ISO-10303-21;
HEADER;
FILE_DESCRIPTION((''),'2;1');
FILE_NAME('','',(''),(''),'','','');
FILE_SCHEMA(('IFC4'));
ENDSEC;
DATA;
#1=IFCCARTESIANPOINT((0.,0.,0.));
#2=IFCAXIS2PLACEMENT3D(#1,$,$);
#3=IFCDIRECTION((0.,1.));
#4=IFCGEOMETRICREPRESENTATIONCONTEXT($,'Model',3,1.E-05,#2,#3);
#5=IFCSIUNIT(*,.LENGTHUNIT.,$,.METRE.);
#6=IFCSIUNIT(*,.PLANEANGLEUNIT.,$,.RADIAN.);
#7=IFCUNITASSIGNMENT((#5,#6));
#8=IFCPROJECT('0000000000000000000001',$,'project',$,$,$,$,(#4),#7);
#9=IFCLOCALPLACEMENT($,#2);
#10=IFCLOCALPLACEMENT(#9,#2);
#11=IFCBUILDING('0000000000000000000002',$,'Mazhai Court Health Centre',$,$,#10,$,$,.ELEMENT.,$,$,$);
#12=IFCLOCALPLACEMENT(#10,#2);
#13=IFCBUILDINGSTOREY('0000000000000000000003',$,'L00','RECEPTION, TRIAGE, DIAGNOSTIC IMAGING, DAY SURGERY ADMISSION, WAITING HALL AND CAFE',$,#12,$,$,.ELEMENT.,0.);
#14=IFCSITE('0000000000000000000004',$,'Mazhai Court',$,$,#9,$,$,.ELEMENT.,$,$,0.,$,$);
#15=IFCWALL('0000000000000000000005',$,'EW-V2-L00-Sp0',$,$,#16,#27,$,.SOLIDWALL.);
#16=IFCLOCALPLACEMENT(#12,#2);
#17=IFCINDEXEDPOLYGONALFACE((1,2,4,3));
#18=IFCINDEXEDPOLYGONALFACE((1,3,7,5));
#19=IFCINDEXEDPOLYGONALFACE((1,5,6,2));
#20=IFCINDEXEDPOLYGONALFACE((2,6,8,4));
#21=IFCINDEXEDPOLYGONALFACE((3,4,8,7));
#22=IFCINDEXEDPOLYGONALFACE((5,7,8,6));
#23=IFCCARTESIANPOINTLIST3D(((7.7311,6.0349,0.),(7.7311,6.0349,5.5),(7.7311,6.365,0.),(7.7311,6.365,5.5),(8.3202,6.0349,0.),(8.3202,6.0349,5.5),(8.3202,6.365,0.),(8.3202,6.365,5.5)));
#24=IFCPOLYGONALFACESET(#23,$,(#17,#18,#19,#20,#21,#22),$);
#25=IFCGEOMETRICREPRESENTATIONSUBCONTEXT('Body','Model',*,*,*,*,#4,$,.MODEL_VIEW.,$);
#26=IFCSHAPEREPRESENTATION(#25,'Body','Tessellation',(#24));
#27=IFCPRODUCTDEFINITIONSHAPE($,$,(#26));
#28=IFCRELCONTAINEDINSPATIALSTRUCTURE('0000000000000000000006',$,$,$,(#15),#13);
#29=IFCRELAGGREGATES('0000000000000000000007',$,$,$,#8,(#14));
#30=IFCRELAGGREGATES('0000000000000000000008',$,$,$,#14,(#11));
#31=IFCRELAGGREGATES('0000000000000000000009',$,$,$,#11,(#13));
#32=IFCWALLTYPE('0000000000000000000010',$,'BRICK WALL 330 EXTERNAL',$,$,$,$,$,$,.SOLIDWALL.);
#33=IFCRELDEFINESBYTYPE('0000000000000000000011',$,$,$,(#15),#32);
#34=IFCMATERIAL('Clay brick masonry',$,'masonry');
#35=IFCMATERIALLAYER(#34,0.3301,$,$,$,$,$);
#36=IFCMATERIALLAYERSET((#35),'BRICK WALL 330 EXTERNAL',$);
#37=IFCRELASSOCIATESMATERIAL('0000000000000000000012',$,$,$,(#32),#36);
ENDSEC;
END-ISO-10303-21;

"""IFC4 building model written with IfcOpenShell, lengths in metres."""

from ifc_helpers import new_model, si_unit, direction, frame, frame_2d, origin, place, context, subcontext, project, spatial, rectangle, extrude, material, layer, layer_set, type_object, element, save


model = new_model("IFC4")

# Units and contexts
model_context = context("Model", 3, precision=1e-05, world=origin(), true_north=direction((0.0, 1.0)))
body_context = subcontext(model_context, "Body", "Model", "MODEL_VIEW")
ifc_project = project(units=[si_unit("LENGTHUNIT", "METRE"), si_unit("PLANEANGLEUNIT", "RADIAN")], contexts=[model_context])

# Site, building, storey
site_placement = place(None, origin())
site = spatial("IfcSite", under=ifc_project, at=site_placement, Name="Mazhai Court", CompositionType="ELEMENT", RefElevation=0.0)
building_placement = place(site_placement, origin())
building = spatial("IfcBuilding", under=site, at=building_placement, Name="Mazhai Court Health Centre", CompositionType="ELEMENT")
storey_placement = place(building_placement, origin())
storey = spatial("IfcBuildingStorey", under=building, at=storey_placement, Name="L00", Description="RECEPTION, TRIAGE, DIAGNOSTIC IMAGING, DAY SURGERY ADMISSION, WAITING HALL AND CAFE", CompositionType="ELEMENT", Elevation=0.0)

# Wall
ifc_material_1 = material(Name="Clay brick masonry", Category="masonry")
ifc_layer_1 = layer(ifc_material_1, 0.3301)
ifc_layer_set_1 = layer_set([ifc_layer_1], Name="BRICK WALL 330 EXTERNAL")
wall_type = type_object("IfcWallType", Name="BRICK WALL 330 EXTERNAL", PredefinedType="SOLIDWALL", material=ifc_layer_set_1)
wall_1_placement = place(storey_placement, frame((8.3201, 6.2, 0.0), z_axis=(0.0, 0.0, 1.0), x_axis=(-1.0, 0.0, 0.0)))
element("IfcWall", 1, at=wall_1_placement, inside=storey, type_object=wall_type, Name="EW-V2-L00-Sp0", PredefinedType="SOLIDWALL", context=body_context, shape_type="SweptSolid", body=[
    extrude(rectangle(XDim=0.5891, YDim=0.3301, at=frame_2d((0.2944, 0.0))), origin(), (0.0, 0.0, 1.0), 5.5),
])

save(model, "model.ifc")
